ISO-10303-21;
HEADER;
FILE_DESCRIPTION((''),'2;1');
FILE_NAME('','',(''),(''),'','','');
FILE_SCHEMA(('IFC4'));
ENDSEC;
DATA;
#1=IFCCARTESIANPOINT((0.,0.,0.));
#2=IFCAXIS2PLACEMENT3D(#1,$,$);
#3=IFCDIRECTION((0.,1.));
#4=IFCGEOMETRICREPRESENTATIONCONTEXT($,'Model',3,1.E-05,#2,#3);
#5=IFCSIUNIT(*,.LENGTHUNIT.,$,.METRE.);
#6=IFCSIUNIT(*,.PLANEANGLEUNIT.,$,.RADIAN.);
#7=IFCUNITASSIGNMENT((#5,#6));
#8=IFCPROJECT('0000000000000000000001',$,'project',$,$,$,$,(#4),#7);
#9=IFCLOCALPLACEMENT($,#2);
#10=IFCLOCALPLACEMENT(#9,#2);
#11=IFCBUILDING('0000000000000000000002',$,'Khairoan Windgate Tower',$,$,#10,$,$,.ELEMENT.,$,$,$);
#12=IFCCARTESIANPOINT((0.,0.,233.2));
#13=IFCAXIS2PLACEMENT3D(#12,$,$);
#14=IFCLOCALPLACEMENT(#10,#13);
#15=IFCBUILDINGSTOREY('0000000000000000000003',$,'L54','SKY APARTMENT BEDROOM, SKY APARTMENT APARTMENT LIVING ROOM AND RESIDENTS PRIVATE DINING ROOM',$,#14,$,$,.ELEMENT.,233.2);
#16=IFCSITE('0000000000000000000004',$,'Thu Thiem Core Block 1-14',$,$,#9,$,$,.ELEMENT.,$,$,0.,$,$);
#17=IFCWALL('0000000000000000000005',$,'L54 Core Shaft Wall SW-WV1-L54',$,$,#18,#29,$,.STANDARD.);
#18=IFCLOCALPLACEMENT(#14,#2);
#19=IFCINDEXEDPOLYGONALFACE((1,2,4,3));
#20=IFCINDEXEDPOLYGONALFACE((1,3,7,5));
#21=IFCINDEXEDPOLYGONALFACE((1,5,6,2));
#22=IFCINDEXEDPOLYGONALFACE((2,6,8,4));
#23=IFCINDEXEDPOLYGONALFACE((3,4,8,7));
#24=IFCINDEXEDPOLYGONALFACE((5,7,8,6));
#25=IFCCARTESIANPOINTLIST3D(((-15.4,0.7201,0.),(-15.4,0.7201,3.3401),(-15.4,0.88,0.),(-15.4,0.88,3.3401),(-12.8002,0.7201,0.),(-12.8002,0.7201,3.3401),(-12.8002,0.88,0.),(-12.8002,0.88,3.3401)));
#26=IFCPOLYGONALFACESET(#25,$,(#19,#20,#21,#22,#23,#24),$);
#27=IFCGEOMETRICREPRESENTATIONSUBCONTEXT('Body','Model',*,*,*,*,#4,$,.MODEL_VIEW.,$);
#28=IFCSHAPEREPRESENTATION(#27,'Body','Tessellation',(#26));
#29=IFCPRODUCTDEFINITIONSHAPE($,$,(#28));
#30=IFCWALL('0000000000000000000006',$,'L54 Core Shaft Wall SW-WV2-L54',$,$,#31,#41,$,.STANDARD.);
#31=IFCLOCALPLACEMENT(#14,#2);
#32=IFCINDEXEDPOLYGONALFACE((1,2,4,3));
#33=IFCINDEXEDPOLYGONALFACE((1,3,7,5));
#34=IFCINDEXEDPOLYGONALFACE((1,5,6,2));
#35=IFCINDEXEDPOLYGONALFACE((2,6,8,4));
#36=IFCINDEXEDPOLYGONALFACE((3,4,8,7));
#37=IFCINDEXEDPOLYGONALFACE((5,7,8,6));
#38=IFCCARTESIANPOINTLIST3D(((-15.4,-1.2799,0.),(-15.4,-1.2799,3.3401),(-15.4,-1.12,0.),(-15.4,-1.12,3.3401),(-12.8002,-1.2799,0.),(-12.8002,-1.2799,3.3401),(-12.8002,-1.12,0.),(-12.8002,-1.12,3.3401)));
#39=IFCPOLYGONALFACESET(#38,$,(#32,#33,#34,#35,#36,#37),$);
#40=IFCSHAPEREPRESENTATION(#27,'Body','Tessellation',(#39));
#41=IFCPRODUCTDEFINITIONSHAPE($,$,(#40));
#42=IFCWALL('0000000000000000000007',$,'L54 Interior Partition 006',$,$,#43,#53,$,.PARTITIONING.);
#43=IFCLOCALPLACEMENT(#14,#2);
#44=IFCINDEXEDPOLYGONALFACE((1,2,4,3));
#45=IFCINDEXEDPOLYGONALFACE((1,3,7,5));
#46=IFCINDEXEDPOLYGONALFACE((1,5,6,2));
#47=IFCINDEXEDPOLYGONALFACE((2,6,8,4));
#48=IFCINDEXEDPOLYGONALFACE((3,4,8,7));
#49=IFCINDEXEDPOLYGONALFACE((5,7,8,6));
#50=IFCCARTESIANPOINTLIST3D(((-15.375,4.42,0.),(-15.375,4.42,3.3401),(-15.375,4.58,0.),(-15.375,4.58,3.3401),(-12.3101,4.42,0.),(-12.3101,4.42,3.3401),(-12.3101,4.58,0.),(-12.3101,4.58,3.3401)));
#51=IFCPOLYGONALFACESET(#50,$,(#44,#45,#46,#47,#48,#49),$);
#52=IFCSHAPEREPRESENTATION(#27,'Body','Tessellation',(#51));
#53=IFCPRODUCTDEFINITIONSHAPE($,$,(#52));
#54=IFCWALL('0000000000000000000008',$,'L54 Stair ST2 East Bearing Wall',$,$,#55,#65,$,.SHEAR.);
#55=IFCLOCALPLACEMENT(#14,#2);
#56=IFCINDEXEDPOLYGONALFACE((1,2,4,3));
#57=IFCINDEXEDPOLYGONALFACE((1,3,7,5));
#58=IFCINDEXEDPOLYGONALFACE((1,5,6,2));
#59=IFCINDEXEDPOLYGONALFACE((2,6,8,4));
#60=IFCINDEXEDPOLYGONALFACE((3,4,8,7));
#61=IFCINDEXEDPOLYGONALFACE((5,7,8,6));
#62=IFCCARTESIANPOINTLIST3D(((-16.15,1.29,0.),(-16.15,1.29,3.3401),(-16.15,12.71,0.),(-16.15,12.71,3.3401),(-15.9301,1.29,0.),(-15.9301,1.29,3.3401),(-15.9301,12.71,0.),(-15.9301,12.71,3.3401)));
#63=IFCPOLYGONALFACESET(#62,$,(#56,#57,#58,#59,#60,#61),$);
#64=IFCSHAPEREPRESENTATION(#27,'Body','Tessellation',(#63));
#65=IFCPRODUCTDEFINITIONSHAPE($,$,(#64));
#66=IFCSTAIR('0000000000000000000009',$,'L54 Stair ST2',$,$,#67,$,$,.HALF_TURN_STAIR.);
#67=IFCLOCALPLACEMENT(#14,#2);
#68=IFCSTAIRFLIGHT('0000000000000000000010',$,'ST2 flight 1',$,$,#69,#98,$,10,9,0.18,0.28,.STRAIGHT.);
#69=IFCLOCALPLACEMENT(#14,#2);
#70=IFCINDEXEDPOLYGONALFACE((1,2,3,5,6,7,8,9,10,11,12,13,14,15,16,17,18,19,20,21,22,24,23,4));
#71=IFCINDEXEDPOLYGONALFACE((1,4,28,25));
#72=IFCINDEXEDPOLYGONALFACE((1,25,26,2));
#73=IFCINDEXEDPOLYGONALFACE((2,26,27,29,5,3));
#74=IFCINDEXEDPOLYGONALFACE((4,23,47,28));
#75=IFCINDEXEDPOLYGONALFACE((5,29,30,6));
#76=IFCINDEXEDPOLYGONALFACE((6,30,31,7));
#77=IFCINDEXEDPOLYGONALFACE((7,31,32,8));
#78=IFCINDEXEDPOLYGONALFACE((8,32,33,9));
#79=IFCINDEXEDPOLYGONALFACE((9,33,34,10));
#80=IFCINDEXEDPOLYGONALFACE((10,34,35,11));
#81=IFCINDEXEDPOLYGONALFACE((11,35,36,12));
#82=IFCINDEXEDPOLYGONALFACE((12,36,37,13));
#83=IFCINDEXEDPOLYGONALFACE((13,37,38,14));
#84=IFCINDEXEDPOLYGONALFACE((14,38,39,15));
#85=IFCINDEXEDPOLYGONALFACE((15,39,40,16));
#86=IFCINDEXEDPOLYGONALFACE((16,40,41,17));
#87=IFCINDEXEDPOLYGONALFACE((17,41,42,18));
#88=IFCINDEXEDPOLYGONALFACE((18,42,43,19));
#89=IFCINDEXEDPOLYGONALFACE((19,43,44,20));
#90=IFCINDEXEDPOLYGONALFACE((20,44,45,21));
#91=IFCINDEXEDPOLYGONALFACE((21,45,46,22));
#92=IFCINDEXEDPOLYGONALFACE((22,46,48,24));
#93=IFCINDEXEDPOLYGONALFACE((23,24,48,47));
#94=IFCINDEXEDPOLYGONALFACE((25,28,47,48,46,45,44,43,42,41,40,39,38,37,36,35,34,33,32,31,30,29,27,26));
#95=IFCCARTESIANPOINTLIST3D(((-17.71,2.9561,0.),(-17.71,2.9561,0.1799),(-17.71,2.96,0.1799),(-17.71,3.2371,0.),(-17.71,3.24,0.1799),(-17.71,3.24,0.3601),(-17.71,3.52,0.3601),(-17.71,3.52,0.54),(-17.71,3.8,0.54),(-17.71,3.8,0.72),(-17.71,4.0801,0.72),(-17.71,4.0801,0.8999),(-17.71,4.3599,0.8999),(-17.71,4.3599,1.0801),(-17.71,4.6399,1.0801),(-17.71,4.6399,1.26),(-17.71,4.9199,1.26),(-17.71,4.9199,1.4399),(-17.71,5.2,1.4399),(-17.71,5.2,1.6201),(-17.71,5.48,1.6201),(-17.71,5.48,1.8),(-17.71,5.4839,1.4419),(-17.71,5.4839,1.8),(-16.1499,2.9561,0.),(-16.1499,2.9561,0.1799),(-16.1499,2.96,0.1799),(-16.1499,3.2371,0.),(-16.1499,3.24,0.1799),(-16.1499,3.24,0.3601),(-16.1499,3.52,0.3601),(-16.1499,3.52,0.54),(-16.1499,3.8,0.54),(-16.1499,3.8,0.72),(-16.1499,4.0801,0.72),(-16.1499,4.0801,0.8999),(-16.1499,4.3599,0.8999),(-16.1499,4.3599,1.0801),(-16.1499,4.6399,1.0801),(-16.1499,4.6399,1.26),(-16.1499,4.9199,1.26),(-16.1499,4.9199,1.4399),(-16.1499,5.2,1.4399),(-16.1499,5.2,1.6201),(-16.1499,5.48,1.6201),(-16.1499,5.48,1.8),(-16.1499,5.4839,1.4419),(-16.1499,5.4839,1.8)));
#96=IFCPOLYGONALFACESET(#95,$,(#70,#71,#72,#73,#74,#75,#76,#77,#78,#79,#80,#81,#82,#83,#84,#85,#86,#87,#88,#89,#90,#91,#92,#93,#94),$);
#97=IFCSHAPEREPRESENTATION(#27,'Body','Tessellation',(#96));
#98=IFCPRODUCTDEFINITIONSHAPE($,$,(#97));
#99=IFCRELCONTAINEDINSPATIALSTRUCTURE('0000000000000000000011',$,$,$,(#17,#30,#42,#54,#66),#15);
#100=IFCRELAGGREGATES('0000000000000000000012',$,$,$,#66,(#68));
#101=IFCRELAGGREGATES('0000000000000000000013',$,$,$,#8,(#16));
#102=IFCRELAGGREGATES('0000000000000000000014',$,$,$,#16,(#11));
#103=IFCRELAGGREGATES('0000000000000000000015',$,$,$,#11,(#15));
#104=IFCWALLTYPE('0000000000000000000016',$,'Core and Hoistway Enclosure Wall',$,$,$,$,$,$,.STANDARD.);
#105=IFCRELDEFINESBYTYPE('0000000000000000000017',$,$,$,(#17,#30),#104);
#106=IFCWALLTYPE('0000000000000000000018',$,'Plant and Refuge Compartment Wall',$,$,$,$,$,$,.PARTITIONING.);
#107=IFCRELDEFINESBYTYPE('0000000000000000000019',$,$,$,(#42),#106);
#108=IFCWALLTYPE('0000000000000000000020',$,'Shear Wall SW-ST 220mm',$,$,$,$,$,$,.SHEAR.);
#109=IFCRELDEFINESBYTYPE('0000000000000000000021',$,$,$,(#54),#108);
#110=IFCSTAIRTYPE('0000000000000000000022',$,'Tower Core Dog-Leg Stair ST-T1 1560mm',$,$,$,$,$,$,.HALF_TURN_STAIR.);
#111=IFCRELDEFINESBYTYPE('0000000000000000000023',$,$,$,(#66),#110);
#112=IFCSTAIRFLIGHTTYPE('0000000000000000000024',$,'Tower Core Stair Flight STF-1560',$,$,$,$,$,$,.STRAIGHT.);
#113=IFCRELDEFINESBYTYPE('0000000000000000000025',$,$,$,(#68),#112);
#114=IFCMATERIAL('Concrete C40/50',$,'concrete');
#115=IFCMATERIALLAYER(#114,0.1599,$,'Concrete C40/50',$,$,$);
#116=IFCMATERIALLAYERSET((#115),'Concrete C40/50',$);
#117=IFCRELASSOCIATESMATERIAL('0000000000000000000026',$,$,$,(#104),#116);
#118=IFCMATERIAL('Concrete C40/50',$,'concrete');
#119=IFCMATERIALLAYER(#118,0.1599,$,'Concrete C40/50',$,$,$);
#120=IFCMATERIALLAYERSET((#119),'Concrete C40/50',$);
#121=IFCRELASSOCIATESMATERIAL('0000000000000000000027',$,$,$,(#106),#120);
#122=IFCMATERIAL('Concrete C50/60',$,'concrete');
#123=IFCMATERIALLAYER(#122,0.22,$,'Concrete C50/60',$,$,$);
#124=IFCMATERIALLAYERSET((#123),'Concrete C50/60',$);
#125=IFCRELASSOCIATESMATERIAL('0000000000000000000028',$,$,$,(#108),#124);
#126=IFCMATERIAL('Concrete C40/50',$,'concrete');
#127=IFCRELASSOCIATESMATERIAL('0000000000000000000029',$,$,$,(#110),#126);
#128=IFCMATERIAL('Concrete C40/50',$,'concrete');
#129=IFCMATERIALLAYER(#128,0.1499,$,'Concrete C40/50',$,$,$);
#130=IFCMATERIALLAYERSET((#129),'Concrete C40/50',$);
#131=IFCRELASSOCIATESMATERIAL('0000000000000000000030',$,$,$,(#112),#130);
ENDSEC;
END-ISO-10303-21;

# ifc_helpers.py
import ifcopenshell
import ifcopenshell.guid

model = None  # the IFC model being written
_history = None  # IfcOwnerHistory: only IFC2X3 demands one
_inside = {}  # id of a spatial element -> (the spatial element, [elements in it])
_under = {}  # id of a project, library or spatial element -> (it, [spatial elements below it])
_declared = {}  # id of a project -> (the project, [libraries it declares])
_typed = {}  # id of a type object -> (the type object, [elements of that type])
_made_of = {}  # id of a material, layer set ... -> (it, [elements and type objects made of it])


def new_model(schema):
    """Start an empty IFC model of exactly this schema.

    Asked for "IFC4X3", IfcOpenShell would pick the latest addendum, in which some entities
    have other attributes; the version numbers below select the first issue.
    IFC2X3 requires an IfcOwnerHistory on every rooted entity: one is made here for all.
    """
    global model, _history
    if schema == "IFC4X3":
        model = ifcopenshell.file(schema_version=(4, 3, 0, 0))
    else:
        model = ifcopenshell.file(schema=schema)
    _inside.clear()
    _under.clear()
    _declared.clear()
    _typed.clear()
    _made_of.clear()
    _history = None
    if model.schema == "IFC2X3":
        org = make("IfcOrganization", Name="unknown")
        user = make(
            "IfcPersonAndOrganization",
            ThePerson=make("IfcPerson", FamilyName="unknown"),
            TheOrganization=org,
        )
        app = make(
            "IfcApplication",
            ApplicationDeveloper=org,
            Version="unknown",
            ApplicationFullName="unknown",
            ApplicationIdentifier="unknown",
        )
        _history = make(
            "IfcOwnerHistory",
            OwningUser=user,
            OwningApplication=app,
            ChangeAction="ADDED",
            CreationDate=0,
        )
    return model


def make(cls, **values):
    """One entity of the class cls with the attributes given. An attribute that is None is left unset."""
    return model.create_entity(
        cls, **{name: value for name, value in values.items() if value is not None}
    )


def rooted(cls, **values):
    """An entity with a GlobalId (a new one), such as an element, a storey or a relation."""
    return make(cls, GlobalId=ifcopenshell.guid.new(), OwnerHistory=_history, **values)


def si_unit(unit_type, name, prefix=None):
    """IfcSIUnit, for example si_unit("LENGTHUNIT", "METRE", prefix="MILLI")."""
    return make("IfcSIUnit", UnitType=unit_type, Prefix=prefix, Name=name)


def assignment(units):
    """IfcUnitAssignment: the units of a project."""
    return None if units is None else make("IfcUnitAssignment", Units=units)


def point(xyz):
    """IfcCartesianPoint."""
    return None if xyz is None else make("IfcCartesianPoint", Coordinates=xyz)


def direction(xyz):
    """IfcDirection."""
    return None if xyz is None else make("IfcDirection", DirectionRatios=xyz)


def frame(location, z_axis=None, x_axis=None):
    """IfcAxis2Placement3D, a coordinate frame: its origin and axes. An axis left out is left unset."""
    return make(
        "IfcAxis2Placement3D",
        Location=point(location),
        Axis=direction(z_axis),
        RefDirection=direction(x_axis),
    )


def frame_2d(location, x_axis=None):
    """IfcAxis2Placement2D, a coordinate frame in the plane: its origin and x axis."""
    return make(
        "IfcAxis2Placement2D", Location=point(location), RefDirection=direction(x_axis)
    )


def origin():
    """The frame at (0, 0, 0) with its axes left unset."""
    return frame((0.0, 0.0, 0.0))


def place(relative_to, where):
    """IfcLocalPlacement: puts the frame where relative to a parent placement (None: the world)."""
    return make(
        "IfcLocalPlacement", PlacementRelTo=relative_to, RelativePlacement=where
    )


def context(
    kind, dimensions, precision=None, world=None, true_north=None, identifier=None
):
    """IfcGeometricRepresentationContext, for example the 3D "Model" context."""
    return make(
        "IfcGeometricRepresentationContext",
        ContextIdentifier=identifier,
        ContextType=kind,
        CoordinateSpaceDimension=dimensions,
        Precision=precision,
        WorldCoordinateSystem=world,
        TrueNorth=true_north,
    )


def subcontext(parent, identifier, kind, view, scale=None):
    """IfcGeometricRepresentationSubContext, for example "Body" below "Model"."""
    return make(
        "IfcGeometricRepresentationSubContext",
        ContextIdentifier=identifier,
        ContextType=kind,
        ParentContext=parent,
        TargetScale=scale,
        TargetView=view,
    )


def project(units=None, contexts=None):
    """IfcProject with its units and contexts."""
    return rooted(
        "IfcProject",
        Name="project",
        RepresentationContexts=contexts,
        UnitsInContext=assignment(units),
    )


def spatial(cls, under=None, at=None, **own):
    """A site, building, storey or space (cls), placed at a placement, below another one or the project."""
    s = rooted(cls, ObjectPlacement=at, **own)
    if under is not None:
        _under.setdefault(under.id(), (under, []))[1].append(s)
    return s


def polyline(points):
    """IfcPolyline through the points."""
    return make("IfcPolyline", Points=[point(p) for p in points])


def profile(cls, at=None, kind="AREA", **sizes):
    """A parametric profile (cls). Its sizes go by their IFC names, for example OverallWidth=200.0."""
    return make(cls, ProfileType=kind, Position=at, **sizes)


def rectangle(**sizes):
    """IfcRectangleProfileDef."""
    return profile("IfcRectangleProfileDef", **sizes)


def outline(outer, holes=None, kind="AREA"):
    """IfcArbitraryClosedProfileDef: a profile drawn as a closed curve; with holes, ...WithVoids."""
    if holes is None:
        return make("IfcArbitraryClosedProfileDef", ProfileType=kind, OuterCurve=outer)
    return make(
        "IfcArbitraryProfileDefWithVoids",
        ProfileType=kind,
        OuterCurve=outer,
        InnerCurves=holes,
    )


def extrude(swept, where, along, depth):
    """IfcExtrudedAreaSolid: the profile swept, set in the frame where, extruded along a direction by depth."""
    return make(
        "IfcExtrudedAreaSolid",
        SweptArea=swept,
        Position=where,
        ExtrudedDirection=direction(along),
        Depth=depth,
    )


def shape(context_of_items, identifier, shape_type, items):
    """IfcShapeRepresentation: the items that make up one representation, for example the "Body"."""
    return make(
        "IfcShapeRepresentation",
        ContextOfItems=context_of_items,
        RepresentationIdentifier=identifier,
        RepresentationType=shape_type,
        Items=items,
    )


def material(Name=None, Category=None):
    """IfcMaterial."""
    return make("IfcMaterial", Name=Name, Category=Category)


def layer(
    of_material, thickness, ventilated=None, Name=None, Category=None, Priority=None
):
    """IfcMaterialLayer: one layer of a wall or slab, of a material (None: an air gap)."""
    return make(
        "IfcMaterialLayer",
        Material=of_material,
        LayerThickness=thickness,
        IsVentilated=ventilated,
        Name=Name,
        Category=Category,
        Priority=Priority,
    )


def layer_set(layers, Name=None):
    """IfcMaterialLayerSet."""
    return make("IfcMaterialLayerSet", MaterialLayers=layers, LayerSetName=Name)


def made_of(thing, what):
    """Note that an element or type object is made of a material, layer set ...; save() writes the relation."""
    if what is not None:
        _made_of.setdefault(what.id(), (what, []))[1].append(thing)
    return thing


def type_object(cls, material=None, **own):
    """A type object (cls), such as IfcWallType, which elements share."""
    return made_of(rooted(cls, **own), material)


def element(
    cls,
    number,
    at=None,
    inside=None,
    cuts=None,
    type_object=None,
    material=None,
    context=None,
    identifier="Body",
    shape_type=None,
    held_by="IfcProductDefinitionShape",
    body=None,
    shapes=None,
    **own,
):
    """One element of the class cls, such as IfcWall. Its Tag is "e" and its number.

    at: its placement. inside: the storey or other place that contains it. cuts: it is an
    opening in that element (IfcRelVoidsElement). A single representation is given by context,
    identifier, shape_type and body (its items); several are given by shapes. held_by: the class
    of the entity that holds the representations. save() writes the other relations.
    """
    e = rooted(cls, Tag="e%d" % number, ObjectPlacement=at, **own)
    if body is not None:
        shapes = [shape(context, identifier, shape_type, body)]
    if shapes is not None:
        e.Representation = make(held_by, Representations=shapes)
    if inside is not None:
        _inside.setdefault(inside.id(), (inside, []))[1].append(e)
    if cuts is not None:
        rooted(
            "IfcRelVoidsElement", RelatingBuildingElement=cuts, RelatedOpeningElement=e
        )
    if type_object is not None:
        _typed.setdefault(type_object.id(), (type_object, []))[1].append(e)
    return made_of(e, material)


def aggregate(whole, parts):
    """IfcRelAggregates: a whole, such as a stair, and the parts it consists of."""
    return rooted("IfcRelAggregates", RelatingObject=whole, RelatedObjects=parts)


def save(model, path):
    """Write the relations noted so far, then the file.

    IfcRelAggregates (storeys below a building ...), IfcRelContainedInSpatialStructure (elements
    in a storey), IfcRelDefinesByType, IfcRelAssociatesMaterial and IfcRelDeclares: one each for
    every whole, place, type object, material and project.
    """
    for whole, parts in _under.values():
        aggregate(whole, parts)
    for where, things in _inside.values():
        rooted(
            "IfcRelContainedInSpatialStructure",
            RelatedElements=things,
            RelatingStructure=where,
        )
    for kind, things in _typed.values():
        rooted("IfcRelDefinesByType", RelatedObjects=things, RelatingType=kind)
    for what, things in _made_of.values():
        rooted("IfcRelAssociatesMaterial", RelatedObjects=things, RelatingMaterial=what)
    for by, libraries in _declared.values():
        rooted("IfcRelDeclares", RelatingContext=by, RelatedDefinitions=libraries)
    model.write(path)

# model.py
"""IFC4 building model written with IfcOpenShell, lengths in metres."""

from ifc_helpers import new_model, si_unit, direction, frame, frame_2d, origin, place, context, subcontext, project, spatial, polyline, rectangle, outline, extrude, material, layer, layer_set, type_object, element, aggregate, save


model = new_model("IFC4")

# Units and contexts
model_context = context("Model", 3, precision=1e-05, world=origin(), true_north=direction((0.0, 1.0)))
body_context = subcontext(model_context, "Body", "Model", "MODEL_VIEW")
ifc_project = project(units=[si_unit("LENGTHUNIT", "METRE"), si_unit("PLANEANGLEUNIT", "RADIAN")], contexts=[model_context])

# Site, building, storey
site_placement = place(None, origin())
site = spatial("IfcSite", under=ifc_project, at=site_placement, Name="Thu Thiem Core Block 1-14", CompositionType="ELEMENT", RefElevation=0.0)
building_placement = place(site_placement, origin())
building = spatial("IfcBuilding", under=site, at=building_placement, Name="Khairoan Windgate Tower", CompositionType="ELEMENT")
storey_placement = place(building_placement, frame((0.0, 0.0, 233.2)))
storey = spatial("IfcBuildingStorey", under=building, at=storey_placement, Name="L54", Description="SKY APARTMENT BEDROOM, SKY APARTMENT APARTMENT LIVING ROOM AND RESIDENTS PRIVATE DINING ROOM", CompositionType="ELEMENT", Elevation=233.2)

# Walls
ifc_material_1 = material(Name="Concrete C40/50", Category="concrete")
ifc_layer_1 = layer(ifc_material_1, 0.1599, Name="Concrete C40/50")
ifc_layer_set_1 = layer_set([ifc_layer_1], Name="Concrete C40/50")
wall_type_1 = type_object("IfcWallType", Name="Core and Hoistway Enclosure Wall", PredefinedType="STANDARD", material=ifc_layer_set_1)
for number, where, z_axis, x_axis, name in (
    (1, (-15.3999, 0.8, 0.0), (0.0, 0.0, 1.0), (1.0, 0.0, 0.0), "L54 Core Shaft Wall SW-WV1-L54"),
    (2, (-15.3999, -1.2, 0.0), (0.0, 0.0, 1.0), (1.0, 0.0, 0.0), "L54 Core Shaft Wall SW-WV2-L54"),
):
    element("IfcWall", number, at=place(storey_placement, frame(where, z_axis=z_axis, x_axis=x_axis)), inside=storey, type_object=wall_type_1, Name=name, PredefinedType="STANDARD", context=body_context, shape_type="SweptSolid", body=[
        extrude(rectangle(XDim=2.5999, YDim=0.1599, at=frame_2d((1.2998, 0.0))), origin(), (0.0, 0.0, 1.0), 3.3401),
    ])
ifc_material_2 = material(Name="Concrete C40/50", Category="concrete")
ifc_layer_2 = layer(ifc_material_2, 0.1599, Name="Concrete C40/50")
ifc_layer_set_2 = layer_set([ifc_layer_2], Name="Concrete C40/50")
wall_type_2 = type_object("IfcWallType", Name="Plant and Refuge Compartment Wall", PredefinedType="PARTITIONING", material=ifc_layer_set_2)
wall_1_placement = place(storey_placement, frame((-15.375, 4.5, 0.0), z_axis=(0.0, 0.0, 1.0), x_axis=(1.0, 0.0, 0.0)))
element("IfcWall", 3, at=wall_1_placement, inside=storey, type_object=wall_type_2, Name="L54 Interior Partition 006", PredefinedType="PARTITIONING", context=body_context, shape_type="SweptSolid", body=[
    extrude(rectangle(XDim=3.0649, YDim=0.1599, at=frame_2d((1.5325, 0.0))), origin(), (0.0, 0.0, 1.0), 3.3401),
])
ifc_material_3 = material(Name="Concrete C50/60", Category="concrete")
ifc_layer_3 = layer(ifc_material_3, 0.22, Name="Concrete C50/60")
ifc_layer_set_3 = layer_set([ifc_layer_3], Name="Concrete C50/60")
wall_type_3 = type_object("IfcWallType", Name="Shear Wall SW-ST 220mm", PredefinedType="SHEAR", material=ifc_layer_set_3)
wall_2_placement = place(storey_placement, frame((-16.04, 1.29, 0.0), z_axis=(0.0, 0.0, 1.0), x_axis=(0.0, 1.0, 0.0)))
element("IfcWall", 4, at=wall_2_placement, inside=storey, type_object=wall_type_3, Name="L54 Stair ST2 East Bearing Wall", PredefinedType="SHEAR", context=body_context, shape_type="SweptSolid", body=[
    extrude(rectangle(XDim=11.4199, YDim=0.22, at=frame_2d((5.71, 0.0))), origin(), (0.0, 0.0, 1.0), 3.3401),
])

# Stair, stair flight
ifc_material_4 = material(Name="Concrete C40/50", Category="concrete")
stair_type = type_object("IfcStairType", Name="Tower Core Dog-Leg Stair ST-T1 1560mm", PredefinedType="HALF_TURN_STAIR", material=ifc_material_4)
stair_placement = place(storey_placement, origin())
stair = element("IfcStair", 5, at=stair_placement, inside=storey, type_object=stair_type, Name="L54 Stair ST2", PredefinedType="HALF_TURN_STAIR")
ifc_material_5 = material(Name="Concrete C40/50", Category="concrete")
ifc_layer_4 = layer(ifc_material_5, 0.1499, Name="Concrete C40/50")
ifc_layer_set_4 = layer_set([ifc_layer_4], Name="Concrete C40/50")
stair_flight_type = type_object("IfcStairFlightType", Name="Tower Core Stair Flight STF-1560", PredefinedType="STRAIGHT", material=ifc_layer_set_4)
stair_flight_placement = place(storey_placement, frame((-16.9299, 2.96, 0.0), z_axis=(0.0, 0.0, 1.0), x_axis=(0.0, 1.0, 0.0)))
stair_flight = element("IfcStairFlight", 6, at=stair_flight_placement, type_object=stair_flight_type, Name="ST2 flight 1", NumberOfRisers=10, NumberOfTreads=9, PredefinedType="STRAIGHT", RiserHeight=0.18, TreadLength=0.28, context=body_context, shape_type="SweptSolid", body=[
    extrude(outline(polyline([(-0.0039, 0.0), (-0.0039, 0.1799), (0.0, 0.1799), (0.28, 0.1799), (0.28, 0.3601), (0.5601, 0.3601), (0.5601, 0.54), (0.8401, 0.54), (0.8401, 0.72), (1.1201, 0.72), (1.1201, 0.8999), (1.3999, 0.8999), (1.3999, 1.0801), (1.6799, 1.0801), (1.6799, 1.26), (1.96, 1.26), (1.96, 1.4399), (2.24, 1.4399), (2.24, 1.6201), (2.52, 1.6201), (2.52, 1.8), (2.5239, 1.8), (2.5239, 1.4419), (0.2771, 0.0), (-0.0039, 0.0)])), frame((0.0, 0.78, 0.0), z_axis=(0.0, -1.0, 0.0), x_axis=(1.0, 0.0, 0.0)), (0.0, 0.0, 1.0), 1.5601),
])
aggregate(stair, [stair_flight])

save(model, "model.ifc")
